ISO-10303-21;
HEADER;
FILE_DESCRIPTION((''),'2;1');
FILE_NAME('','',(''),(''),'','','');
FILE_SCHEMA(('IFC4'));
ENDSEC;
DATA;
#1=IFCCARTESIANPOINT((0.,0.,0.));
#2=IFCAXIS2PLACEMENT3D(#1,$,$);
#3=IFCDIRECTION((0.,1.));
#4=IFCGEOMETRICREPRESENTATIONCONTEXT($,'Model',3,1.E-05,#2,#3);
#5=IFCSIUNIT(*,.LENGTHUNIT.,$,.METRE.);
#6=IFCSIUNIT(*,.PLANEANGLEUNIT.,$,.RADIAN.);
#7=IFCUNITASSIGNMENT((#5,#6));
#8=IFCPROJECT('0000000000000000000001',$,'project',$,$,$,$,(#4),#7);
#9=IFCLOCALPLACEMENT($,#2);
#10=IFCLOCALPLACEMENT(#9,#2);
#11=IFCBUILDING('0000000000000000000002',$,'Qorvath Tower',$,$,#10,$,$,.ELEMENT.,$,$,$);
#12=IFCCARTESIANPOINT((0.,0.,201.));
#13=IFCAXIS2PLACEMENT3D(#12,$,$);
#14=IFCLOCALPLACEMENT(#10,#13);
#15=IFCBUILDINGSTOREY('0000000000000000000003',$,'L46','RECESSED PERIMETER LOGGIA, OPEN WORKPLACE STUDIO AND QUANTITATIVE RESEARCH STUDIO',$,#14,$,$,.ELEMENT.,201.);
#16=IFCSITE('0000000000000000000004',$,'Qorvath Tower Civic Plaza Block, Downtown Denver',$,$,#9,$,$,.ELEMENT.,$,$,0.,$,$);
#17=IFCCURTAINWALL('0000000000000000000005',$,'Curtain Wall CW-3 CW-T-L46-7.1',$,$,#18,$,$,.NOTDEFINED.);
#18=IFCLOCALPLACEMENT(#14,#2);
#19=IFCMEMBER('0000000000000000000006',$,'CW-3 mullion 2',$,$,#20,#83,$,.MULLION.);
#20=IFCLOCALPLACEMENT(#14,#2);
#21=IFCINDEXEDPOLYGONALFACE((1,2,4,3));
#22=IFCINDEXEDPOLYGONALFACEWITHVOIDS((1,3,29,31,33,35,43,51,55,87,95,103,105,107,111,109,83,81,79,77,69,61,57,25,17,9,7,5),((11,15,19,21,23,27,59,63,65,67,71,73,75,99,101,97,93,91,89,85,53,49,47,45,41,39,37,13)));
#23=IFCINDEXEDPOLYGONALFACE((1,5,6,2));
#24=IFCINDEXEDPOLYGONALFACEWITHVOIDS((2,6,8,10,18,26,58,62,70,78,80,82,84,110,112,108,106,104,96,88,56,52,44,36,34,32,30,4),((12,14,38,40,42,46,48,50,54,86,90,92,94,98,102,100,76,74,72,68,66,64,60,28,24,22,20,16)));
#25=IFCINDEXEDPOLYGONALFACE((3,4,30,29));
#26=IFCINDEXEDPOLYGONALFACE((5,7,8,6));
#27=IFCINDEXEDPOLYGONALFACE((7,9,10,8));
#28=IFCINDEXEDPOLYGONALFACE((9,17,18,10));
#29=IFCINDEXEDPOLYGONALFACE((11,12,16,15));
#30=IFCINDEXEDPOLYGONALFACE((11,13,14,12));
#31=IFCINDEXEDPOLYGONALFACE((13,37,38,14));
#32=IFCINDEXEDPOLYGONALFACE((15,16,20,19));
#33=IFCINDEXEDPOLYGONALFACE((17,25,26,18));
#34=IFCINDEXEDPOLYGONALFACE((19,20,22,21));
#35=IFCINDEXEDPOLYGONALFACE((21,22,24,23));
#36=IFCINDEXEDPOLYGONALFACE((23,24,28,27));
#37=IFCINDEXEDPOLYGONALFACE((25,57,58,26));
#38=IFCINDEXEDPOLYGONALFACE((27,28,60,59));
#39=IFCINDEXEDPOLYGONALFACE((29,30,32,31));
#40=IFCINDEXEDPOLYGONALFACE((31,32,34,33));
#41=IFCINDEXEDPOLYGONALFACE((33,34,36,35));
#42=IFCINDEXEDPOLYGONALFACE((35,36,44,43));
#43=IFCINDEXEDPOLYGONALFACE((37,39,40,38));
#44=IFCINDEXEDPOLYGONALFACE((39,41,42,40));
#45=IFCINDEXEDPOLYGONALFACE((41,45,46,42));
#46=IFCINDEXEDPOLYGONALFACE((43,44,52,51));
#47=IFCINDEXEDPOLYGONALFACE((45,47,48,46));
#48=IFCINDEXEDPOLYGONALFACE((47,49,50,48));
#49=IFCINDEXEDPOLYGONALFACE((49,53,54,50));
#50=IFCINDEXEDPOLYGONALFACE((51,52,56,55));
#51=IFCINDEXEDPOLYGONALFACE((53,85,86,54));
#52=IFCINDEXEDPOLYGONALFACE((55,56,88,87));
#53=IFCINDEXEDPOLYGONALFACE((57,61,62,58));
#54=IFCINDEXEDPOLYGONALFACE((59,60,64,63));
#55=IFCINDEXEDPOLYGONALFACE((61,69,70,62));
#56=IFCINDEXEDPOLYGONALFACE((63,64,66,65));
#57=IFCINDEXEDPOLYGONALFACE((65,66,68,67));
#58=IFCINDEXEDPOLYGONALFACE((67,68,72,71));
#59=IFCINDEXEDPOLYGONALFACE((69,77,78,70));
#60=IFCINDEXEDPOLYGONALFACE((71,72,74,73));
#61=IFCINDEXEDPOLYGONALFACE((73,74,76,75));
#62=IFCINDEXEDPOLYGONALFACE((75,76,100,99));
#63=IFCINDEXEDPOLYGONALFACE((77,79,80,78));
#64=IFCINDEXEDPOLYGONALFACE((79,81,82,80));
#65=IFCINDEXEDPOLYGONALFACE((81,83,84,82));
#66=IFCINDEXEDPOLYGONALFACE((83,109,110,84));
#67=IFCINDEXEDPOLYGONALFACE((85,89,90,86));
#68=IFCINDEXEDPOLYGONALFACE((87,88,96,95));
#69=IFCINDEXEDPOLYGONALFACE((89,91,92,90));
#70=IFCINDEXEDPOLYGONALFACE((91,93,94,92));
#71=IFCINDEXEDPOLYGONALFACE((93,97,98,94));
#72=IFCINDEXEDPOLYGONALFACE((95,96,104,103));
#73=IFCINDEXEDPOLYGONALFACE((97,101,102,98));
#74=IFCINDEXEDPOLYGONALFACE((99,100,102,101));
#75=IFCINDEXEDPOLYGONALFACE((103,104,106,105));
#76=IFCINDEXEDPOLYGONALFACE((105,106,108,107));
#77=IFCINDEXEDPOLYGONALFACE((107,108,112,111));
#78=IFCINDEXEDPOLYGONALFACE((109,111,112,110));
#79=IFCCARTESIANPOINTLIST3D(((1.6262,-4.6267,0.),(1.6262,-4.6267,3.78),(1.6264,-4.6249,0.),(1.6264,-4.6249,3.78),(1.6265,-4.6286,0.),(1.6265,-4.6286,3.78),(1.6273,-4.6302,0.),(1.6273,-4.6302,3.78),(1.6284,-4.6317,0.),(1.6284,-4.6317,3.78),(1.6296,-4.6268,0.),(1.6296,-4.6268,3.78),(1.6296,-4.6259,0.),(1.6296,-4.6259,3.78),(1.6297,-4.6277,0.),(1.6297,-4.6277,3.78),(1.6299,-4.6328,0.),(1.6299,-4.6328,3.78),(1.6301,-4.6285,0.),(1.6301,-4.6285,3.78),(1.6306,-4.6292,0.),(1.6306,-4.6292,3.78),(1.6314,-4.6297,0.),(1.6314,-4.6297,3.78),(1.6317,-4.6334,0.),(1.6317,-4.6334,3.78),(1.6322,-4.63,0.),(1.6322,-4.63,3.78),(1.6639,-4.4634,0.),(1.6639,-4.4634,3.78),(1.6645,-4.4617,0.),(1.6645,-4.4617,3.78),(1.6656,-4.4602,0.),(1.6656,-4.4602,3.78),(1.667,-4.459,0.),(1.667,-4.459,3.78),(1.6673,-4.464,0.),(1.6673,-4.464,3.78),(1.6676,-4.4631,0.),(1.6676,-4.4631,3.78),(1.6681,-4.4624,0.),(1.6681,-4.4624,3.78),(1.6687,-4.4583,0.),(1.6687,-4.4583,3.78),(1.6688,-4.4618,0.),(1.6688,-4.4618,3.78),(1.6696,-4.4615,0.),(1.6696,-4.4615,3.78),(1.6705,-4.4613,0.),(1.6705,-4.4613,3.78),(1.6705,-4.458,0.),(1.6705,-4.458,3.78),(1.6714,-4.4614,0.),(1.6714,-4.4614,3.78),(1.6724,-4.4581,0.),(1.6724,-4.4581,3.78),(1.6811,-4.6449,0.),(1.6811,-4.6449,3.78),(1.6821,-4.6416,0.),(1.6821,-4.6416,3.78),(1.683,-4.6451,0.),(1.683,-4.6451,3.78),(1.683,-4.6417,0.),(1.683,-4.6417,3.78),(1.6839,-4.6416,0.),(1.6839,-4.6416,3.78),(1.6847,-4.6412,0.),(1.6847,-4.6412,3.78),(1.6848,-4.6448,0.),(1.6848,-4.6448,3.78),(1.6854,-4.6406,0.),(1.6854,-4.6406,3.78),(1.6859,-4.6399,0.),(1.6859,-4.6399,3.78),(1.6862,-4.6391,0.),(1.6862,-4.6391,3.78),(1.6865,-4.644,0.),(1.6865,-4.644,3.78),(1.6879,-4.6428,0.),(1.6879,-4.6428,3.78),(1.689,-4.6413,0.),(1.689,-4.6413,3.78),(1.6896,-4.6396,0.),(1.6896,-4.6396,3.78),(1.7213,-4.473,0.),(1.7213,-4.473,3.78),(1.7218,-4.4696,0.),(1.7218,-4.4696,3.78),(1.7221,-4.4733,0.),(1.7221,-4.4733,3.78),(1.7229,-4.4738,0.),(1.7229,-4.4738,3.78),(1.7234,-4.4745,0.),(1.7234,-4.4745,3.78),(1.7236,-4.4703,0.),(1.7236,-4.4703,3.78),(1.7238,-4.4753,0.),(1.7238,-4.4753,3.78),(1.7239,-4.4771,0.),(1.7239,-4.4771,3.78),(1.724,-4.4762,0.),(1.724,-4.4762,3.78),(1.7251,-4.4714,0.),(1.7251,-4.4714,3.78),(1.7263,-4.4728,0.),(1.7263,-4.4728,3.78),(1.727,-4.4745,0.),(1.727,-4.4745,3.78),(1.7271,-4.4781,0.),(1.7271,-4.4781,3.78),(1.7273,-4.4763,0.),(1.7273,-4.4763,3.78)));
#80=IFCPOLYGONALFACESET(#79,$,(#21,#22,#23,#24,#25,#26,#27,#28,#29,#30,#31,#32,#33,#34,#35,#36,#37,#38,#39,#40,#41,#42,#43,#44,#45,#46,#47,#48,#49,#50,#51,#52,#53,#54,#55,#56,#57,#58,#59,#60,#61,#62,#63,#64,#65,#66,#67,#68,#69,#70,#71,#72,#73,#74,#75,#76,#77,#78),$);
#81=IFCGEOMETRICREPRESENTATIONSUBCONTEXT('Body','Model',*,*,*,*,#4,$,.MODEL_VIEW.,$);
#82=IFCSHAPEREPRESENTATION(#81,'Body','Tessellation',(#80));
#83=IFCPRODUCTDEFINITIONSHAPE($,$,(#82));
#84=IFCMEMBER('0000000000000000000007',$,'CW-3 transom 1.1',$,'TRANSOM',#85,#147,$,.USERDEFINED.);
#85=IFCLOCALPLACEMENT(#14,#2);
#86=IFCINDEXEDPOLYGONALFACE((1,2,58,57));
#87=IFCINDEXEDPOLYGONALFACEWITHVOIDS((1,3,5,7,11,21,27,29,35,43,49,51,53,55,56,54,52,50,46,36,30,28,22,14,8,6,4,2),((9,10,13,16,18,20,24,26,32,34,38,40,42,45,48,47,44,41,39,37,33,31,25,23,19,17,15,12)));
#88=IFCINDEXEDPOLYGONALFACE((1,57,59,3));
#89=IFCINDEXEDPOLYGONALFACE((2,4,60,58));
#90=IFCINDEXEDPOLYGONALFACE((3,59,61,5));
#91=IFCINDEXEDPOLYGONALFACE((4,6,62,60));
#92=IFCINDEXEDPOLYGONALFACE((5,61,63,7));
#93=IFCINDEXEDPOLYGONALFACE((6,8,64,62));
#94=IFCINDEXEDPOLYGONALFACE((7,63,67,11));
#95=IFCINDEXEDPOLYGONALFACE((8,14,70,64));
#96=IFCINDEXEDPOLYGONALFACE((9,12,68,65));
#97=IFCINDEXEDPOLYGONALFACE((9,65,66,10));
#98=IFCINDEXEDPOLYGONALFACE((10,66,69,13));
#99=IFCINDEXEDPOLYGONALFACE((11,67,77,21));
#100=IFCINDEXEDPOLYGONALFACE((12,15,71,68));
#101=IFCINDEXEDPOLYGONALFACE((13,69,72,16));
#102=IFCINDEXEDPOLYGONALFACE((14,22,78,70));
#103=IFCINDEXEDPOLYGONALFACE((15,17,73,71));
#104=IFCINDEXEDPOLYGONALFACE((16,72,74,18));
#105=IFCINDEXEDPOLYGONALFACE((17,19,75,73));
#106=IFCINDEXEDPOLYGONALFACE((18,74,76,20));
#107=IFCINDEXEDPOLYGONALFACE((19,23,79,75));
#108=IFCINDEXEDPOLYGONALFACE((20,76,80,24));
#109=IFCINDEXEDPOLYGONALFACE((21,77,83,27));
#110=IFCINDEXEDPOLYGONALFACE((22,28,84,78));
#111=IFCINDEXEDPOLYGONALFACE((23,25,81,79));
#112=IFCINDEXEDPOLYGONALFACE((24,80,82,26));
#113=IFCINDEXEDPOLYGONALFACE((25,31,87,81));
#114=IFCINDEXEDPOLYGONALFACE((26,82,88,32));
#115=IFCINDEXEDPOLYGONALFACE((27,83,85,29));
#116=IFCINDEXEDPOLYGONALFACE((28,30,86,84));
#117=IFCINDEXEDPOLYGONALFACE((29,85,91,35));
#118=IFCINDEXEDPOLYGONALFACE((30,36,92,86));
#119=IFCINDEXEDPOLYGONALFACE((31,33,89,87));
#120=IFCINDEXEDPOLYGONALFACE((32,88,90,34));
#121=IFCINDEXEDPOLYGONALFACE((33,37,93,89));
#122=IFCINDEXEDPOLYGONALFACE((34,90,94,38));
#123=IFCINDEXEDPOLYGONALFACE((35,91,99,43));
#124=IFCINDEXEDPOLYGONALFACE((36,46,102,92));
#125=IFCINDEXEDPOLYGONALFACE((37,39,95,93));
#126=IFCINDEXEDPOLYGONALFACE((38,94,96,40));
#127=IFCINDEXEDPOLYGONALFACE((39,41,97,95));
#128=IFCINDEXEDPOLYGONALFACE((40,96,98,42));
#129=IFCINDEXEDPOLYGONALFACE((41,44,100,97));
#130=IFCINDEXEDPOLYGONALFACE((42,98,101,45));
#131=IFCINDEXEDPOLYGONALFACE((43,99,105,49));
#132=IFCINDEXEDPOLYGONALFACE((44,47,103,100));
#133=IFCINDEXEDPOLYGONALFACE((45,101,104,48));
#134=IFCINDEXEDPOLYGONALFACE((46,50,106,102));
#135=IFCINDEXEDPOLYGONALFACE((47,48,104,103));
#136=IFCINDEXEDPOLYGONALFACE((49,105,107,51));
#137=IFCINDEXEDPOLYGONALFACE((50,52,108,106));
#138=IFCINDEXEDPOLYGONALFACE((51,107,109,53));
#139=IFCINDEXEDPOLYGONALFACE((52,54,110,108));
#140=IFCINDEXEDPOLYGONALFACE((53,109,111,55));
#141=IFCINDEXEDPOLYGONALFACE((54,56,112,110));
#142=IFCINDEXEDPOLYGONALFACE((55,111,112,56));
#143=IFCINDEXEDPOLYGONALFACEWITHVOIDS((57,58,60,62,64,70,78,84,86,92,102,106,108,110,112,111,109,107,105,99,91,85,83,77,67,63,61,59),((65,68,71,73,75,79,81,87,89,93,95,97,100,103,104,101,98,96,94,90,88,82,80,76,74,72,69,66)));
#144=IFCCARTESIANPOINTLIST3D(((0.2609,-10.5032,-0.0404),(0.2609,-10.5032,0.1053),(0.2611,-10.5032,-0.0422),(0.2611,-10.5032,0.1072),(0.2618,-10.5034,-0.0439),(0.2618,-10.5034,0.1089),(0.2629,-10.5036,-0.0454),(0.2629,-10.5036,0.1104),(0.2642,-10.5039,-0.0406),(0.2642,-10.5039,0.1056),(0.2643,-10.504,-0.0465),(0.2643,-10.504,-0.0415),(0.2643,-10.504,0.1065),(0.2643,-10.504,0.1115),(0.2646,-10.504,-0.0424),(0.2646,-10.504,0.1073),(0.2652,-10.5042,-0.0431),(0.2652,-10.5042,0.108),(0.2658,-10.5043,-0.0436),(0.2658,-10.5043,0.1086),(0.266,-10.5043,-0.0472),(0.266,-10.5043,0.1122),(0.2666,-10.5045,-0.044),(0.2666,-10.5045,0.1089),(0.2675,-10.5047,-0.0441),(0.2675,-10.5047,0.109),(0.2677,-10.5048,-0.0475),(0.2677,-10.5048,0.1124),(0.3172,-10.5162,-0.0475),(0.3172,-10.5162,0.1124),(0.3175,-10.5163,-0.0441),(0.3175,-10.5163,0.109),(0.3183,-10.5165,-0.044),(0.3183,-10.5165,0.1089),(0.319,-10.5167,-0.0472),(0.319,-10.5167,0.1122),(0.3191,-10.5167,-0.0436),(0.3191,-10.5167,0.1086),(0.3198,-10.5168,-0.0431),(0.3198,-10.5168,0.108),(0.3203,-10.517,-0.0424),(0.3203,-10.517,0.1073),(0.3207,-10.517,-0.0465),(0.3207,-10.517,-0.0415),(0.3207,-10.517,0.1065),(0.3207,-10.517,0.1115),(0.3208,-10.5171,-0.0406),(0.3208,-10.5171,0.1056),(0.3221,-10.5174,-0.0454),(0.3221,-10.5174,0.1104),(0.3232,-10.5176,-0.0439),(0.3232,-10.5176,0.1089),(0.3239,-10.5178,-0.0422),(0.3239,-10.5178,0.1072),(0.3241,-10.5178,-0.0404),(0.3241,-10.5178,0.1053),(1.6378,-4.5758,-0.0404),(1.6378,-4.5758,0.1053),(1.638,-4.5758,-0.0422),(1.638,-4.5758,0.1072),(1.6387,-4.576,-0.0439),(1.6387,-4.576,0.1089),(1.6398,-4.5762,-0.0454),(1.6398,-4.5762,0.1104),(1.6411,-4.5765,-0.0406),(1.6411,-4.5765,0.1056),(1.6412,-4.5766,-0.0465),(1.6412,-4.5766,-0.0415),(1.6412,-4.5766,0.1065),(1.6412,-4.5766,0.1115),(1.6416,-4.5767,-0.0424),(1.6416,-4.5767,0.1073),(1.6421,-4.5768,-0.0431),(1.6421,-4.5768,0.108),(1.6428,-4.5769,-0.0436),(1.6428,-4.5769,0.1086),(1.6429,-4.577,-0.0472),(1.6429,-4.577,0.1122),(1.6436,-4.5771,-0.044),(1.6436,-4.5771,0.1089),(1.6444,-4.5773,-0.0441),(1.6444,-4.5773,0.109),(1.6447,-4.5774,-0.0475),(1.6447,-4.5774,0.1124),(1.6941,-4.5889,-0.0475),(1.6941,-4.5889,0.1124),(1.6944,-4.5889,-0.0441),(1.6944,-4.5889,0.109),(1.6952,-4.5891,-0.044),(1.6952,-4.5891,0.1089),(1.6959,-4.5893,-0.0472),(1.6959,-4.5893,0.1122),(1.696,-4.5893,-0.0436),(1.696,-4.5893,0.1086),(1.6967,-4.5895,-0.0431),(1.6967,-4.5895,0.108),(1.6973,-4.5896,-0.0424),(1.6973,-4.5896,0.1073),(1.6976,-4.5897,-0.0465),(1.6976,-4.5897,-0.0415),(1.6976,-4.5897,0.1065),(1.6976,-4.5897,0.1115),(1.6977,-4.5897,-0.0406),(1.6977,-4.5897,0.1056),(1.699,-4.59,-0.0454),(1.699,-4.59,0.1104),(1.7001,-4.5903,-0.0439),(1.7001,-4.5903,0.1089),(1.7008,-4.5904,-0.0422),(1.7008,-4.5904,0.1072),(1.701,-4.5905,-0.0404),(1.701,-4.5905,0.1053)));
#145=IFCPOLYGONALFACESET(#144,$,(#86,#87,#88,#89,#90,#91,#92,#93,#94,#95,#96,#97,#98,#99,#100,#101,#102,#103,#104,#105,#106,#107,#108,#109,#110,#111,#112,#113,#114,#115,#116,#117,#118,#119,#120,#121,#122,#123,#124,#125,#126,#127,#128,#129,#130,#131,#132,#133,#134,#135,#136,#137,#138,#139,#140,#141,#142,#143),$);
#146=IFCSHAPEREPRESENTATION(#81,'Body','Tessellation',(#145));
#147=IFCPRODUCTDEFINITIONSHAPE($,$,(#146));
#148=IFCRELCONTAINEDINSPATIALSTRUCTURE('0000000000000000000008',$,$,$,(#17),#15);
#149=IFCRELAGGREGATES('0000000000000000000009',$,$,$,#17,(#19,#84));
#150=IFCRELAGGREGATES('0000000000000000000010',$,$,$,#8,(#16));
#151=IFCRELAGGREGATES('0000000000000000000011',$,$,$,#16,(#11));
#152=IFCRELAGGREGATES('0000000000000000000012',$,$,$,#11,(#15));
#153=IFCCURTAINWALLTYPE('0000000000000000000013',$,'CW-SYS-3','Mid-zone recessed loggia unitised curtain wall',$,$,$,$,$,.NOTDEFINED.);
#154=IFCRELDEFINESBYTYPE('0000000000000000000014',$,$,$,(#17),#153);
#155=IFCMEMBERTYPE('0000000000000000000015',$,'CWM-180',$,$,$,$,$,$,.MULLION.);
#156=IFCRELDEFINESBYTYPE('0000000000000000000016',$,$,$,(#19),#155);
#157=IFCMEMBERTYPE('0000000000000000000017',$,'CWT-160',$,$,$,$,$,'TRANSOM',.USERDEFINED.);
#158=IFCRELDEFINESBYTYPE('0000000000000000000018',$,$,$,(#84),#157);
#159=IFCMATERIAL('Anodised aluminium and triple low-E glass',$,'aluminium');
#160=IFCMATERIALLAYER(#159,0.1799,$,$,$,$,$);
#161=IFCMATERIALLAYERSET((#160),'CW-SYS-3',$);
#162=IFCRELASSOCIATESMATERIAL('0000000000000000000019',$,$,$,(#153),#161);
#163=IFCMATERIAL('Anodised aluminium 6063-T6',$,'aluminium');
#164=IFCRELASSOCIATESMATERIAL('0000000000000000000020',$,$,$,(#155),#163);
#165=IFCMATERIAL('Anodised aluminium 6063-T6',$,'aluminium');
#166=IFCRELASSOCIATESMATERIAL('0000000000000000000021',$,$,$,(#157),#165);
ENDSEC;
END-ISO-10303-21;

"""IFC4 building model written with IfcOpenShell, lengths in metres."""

from ifc_helpers import new_model, si_unit, direction, frame, origin, origin_2d, place, context, subcontext, project, spatial, hollow_rectangle, extrude, material, layer, layer_set, material_profile, profile_set, type_object, element, aggregate, save


model = new_model("IFC4")

# Units and contexts
model_context = context("Model", 3, precision=1e-05, world=origin(), true_north=direction((0.0, 1.0)))
body_context = subcontext(model_context, "Body", "Model", "MODEL_VIEW")
ifc_project = project(units=[si_unit("LENGTHUNIT", "METRE"), si_unit("PLANEANGLEUNIT", "RADIAN")], contexts=[model_context])

# Site, building, storey
site_placement = place(None, origin())
site = spatial("IfcSite", under=ifc_project, at=site_placement, Name="Qorvath Tower Civic Plaza Block, Downtown Denver", CompositionType="ELEMENT", RefElevation=0.0)
building_placement = place(site_placement, origin())
building = spatial("IfcBuilding", under=site, at=building_placement, Name="Qorvath Tower", CompositionType="ELEMENT")
storey_placement = place(building_placement, frame((0.0, 0.0, 201.0)))
storey = spatial("IfcBuildingStorey", under=building, at=storey_placement, Name="L46", Description="RECESSED PERIMETER LOGGIA, OPEN WORKPLACE STUDIO AND QUANTITATIVE RESEARCH STUDIO", CompositionType="ELEMENT", Elevation=201.0)

# Curtain wall, members
ifc_material_1 = material(Name="Anodised aluminium and triple low-E glass", Category="aluminium")
ifc_layer_1 = layer(ifc_material_1, 0.1799)
ifc_layer_set_1 = layer_set([ifc_layer_1], Name="CW-SYS-3")
curtain_wall_type = type_object("IfcCurtainWallType", Name="CW-SYS-3", Description="Mid-zone recessed loggia unitised curtain wall", PredefinedType="NOTDEFINED", material=ifc_layer_set_1)
curtain_wall_placement = place(storey_placement, origin())
curtain_wall = element("IfcCurtainWall", 1, at=curtain_wall_placement, inside=storey, type_object=curtain_wall_type, Name="Curtain Wall CW-3 CW-T-L46-7.1", PredefinedType="NOTDEFINED")
ifc_material_2 = material(Name="Anodised aluminium 6063-T6", Category="aluminium")
ifc_material_profile_1 = material_profile(ifc_material_2, hollow_rectangle(XDim=0.0649, YDim=0.1799, WallThickness=0.0034, InnerFilletRadius=0.0034, OuterFilletRadius=0.0071, at=origin_2d()), Name="CWM 180x65")
ifc_profile_set_1 = profile_set([ifc_material_profile_1], Name="Anodised aluminium 6063-T6")
member_type_1 = type_object("IfcMemberType", Name="CWM-180", PredefinedType="MULLION", material=ifc_profile_set_1)
member_1_placement = place(storey_placement, frame((1.6768, -4.5515, 0.0), z_axis=(0.0, 0.0, 1.0), x_axis=(-0.974064, 0.226272, 0.0)))
member_1 = element("IfcMember", 2, at=member_1_placement, type_object=member_type_1, Name="CW-3 mullion 2", PredefinedType="MULLION", context=body_context, shape_type="SweptSolid", body=[
    extrude(hollow_rectangle(XDim=0.0649, YDim=0.1799, WallThickness=0.0034, InnerFilletRadius=0.0034, OuterFilletRadius=0.0071, at=origin_2d()), origin(), (0.0, 0.0, 1.0), 3.78),
])
ifc_material_3 = material(Name="Anodised aluminium 6063-T6", Category="aluminium")
ifc_material_profile_2 = material_profile(ifc_material_3, hollow_rectangle(XDim=0.0649, YDim=0.1599, WallThickness=0.0034, InnerFilletRadius=0.0034, OuterFilletRadius=0.0071, at=origin_2d()), Name="CWT 160x65")
ifc_profile_set_2 = profile_set([ifc_material_profile_2], Name="Anodised aluminium 6063-T6")
member_type_2 = type_object("IfcMemberType", Name="CWT-160", ElementType="TRANSOM", PredefinedType="USERDEFINED", material=ifc_profile_set_2)
member_2_placement = place(storey_placement, frame((0.2925, -10.5105, 0.0325), z_axis=(0.226274, 0.974064, 0.0), x_axis=(-0.974064, 0.226274, 0.0)))
member_2 = element("IfcMember", 3, at=member_2_placement, type_object=member_type_2, Name="CW-3 transom 1.1", ObjectType="TRANSOM", PredefinedType="USERDEFINED", context=body_context, shape_type="SweptSolid", body=[
    extrude(hollow_rectangle(XDim=0.0649, YDim=0.1599, WallThickness=0.0034, InnerFilletRadius=0.0034, OuterFilletRadius=0.0071, at=origin_2d()), origin(), (0.0, 0.0, 1.0), 6.0852),
])
aggregate(curtain_wall, [member_1, member_2])

save(model, "model.ifc")
